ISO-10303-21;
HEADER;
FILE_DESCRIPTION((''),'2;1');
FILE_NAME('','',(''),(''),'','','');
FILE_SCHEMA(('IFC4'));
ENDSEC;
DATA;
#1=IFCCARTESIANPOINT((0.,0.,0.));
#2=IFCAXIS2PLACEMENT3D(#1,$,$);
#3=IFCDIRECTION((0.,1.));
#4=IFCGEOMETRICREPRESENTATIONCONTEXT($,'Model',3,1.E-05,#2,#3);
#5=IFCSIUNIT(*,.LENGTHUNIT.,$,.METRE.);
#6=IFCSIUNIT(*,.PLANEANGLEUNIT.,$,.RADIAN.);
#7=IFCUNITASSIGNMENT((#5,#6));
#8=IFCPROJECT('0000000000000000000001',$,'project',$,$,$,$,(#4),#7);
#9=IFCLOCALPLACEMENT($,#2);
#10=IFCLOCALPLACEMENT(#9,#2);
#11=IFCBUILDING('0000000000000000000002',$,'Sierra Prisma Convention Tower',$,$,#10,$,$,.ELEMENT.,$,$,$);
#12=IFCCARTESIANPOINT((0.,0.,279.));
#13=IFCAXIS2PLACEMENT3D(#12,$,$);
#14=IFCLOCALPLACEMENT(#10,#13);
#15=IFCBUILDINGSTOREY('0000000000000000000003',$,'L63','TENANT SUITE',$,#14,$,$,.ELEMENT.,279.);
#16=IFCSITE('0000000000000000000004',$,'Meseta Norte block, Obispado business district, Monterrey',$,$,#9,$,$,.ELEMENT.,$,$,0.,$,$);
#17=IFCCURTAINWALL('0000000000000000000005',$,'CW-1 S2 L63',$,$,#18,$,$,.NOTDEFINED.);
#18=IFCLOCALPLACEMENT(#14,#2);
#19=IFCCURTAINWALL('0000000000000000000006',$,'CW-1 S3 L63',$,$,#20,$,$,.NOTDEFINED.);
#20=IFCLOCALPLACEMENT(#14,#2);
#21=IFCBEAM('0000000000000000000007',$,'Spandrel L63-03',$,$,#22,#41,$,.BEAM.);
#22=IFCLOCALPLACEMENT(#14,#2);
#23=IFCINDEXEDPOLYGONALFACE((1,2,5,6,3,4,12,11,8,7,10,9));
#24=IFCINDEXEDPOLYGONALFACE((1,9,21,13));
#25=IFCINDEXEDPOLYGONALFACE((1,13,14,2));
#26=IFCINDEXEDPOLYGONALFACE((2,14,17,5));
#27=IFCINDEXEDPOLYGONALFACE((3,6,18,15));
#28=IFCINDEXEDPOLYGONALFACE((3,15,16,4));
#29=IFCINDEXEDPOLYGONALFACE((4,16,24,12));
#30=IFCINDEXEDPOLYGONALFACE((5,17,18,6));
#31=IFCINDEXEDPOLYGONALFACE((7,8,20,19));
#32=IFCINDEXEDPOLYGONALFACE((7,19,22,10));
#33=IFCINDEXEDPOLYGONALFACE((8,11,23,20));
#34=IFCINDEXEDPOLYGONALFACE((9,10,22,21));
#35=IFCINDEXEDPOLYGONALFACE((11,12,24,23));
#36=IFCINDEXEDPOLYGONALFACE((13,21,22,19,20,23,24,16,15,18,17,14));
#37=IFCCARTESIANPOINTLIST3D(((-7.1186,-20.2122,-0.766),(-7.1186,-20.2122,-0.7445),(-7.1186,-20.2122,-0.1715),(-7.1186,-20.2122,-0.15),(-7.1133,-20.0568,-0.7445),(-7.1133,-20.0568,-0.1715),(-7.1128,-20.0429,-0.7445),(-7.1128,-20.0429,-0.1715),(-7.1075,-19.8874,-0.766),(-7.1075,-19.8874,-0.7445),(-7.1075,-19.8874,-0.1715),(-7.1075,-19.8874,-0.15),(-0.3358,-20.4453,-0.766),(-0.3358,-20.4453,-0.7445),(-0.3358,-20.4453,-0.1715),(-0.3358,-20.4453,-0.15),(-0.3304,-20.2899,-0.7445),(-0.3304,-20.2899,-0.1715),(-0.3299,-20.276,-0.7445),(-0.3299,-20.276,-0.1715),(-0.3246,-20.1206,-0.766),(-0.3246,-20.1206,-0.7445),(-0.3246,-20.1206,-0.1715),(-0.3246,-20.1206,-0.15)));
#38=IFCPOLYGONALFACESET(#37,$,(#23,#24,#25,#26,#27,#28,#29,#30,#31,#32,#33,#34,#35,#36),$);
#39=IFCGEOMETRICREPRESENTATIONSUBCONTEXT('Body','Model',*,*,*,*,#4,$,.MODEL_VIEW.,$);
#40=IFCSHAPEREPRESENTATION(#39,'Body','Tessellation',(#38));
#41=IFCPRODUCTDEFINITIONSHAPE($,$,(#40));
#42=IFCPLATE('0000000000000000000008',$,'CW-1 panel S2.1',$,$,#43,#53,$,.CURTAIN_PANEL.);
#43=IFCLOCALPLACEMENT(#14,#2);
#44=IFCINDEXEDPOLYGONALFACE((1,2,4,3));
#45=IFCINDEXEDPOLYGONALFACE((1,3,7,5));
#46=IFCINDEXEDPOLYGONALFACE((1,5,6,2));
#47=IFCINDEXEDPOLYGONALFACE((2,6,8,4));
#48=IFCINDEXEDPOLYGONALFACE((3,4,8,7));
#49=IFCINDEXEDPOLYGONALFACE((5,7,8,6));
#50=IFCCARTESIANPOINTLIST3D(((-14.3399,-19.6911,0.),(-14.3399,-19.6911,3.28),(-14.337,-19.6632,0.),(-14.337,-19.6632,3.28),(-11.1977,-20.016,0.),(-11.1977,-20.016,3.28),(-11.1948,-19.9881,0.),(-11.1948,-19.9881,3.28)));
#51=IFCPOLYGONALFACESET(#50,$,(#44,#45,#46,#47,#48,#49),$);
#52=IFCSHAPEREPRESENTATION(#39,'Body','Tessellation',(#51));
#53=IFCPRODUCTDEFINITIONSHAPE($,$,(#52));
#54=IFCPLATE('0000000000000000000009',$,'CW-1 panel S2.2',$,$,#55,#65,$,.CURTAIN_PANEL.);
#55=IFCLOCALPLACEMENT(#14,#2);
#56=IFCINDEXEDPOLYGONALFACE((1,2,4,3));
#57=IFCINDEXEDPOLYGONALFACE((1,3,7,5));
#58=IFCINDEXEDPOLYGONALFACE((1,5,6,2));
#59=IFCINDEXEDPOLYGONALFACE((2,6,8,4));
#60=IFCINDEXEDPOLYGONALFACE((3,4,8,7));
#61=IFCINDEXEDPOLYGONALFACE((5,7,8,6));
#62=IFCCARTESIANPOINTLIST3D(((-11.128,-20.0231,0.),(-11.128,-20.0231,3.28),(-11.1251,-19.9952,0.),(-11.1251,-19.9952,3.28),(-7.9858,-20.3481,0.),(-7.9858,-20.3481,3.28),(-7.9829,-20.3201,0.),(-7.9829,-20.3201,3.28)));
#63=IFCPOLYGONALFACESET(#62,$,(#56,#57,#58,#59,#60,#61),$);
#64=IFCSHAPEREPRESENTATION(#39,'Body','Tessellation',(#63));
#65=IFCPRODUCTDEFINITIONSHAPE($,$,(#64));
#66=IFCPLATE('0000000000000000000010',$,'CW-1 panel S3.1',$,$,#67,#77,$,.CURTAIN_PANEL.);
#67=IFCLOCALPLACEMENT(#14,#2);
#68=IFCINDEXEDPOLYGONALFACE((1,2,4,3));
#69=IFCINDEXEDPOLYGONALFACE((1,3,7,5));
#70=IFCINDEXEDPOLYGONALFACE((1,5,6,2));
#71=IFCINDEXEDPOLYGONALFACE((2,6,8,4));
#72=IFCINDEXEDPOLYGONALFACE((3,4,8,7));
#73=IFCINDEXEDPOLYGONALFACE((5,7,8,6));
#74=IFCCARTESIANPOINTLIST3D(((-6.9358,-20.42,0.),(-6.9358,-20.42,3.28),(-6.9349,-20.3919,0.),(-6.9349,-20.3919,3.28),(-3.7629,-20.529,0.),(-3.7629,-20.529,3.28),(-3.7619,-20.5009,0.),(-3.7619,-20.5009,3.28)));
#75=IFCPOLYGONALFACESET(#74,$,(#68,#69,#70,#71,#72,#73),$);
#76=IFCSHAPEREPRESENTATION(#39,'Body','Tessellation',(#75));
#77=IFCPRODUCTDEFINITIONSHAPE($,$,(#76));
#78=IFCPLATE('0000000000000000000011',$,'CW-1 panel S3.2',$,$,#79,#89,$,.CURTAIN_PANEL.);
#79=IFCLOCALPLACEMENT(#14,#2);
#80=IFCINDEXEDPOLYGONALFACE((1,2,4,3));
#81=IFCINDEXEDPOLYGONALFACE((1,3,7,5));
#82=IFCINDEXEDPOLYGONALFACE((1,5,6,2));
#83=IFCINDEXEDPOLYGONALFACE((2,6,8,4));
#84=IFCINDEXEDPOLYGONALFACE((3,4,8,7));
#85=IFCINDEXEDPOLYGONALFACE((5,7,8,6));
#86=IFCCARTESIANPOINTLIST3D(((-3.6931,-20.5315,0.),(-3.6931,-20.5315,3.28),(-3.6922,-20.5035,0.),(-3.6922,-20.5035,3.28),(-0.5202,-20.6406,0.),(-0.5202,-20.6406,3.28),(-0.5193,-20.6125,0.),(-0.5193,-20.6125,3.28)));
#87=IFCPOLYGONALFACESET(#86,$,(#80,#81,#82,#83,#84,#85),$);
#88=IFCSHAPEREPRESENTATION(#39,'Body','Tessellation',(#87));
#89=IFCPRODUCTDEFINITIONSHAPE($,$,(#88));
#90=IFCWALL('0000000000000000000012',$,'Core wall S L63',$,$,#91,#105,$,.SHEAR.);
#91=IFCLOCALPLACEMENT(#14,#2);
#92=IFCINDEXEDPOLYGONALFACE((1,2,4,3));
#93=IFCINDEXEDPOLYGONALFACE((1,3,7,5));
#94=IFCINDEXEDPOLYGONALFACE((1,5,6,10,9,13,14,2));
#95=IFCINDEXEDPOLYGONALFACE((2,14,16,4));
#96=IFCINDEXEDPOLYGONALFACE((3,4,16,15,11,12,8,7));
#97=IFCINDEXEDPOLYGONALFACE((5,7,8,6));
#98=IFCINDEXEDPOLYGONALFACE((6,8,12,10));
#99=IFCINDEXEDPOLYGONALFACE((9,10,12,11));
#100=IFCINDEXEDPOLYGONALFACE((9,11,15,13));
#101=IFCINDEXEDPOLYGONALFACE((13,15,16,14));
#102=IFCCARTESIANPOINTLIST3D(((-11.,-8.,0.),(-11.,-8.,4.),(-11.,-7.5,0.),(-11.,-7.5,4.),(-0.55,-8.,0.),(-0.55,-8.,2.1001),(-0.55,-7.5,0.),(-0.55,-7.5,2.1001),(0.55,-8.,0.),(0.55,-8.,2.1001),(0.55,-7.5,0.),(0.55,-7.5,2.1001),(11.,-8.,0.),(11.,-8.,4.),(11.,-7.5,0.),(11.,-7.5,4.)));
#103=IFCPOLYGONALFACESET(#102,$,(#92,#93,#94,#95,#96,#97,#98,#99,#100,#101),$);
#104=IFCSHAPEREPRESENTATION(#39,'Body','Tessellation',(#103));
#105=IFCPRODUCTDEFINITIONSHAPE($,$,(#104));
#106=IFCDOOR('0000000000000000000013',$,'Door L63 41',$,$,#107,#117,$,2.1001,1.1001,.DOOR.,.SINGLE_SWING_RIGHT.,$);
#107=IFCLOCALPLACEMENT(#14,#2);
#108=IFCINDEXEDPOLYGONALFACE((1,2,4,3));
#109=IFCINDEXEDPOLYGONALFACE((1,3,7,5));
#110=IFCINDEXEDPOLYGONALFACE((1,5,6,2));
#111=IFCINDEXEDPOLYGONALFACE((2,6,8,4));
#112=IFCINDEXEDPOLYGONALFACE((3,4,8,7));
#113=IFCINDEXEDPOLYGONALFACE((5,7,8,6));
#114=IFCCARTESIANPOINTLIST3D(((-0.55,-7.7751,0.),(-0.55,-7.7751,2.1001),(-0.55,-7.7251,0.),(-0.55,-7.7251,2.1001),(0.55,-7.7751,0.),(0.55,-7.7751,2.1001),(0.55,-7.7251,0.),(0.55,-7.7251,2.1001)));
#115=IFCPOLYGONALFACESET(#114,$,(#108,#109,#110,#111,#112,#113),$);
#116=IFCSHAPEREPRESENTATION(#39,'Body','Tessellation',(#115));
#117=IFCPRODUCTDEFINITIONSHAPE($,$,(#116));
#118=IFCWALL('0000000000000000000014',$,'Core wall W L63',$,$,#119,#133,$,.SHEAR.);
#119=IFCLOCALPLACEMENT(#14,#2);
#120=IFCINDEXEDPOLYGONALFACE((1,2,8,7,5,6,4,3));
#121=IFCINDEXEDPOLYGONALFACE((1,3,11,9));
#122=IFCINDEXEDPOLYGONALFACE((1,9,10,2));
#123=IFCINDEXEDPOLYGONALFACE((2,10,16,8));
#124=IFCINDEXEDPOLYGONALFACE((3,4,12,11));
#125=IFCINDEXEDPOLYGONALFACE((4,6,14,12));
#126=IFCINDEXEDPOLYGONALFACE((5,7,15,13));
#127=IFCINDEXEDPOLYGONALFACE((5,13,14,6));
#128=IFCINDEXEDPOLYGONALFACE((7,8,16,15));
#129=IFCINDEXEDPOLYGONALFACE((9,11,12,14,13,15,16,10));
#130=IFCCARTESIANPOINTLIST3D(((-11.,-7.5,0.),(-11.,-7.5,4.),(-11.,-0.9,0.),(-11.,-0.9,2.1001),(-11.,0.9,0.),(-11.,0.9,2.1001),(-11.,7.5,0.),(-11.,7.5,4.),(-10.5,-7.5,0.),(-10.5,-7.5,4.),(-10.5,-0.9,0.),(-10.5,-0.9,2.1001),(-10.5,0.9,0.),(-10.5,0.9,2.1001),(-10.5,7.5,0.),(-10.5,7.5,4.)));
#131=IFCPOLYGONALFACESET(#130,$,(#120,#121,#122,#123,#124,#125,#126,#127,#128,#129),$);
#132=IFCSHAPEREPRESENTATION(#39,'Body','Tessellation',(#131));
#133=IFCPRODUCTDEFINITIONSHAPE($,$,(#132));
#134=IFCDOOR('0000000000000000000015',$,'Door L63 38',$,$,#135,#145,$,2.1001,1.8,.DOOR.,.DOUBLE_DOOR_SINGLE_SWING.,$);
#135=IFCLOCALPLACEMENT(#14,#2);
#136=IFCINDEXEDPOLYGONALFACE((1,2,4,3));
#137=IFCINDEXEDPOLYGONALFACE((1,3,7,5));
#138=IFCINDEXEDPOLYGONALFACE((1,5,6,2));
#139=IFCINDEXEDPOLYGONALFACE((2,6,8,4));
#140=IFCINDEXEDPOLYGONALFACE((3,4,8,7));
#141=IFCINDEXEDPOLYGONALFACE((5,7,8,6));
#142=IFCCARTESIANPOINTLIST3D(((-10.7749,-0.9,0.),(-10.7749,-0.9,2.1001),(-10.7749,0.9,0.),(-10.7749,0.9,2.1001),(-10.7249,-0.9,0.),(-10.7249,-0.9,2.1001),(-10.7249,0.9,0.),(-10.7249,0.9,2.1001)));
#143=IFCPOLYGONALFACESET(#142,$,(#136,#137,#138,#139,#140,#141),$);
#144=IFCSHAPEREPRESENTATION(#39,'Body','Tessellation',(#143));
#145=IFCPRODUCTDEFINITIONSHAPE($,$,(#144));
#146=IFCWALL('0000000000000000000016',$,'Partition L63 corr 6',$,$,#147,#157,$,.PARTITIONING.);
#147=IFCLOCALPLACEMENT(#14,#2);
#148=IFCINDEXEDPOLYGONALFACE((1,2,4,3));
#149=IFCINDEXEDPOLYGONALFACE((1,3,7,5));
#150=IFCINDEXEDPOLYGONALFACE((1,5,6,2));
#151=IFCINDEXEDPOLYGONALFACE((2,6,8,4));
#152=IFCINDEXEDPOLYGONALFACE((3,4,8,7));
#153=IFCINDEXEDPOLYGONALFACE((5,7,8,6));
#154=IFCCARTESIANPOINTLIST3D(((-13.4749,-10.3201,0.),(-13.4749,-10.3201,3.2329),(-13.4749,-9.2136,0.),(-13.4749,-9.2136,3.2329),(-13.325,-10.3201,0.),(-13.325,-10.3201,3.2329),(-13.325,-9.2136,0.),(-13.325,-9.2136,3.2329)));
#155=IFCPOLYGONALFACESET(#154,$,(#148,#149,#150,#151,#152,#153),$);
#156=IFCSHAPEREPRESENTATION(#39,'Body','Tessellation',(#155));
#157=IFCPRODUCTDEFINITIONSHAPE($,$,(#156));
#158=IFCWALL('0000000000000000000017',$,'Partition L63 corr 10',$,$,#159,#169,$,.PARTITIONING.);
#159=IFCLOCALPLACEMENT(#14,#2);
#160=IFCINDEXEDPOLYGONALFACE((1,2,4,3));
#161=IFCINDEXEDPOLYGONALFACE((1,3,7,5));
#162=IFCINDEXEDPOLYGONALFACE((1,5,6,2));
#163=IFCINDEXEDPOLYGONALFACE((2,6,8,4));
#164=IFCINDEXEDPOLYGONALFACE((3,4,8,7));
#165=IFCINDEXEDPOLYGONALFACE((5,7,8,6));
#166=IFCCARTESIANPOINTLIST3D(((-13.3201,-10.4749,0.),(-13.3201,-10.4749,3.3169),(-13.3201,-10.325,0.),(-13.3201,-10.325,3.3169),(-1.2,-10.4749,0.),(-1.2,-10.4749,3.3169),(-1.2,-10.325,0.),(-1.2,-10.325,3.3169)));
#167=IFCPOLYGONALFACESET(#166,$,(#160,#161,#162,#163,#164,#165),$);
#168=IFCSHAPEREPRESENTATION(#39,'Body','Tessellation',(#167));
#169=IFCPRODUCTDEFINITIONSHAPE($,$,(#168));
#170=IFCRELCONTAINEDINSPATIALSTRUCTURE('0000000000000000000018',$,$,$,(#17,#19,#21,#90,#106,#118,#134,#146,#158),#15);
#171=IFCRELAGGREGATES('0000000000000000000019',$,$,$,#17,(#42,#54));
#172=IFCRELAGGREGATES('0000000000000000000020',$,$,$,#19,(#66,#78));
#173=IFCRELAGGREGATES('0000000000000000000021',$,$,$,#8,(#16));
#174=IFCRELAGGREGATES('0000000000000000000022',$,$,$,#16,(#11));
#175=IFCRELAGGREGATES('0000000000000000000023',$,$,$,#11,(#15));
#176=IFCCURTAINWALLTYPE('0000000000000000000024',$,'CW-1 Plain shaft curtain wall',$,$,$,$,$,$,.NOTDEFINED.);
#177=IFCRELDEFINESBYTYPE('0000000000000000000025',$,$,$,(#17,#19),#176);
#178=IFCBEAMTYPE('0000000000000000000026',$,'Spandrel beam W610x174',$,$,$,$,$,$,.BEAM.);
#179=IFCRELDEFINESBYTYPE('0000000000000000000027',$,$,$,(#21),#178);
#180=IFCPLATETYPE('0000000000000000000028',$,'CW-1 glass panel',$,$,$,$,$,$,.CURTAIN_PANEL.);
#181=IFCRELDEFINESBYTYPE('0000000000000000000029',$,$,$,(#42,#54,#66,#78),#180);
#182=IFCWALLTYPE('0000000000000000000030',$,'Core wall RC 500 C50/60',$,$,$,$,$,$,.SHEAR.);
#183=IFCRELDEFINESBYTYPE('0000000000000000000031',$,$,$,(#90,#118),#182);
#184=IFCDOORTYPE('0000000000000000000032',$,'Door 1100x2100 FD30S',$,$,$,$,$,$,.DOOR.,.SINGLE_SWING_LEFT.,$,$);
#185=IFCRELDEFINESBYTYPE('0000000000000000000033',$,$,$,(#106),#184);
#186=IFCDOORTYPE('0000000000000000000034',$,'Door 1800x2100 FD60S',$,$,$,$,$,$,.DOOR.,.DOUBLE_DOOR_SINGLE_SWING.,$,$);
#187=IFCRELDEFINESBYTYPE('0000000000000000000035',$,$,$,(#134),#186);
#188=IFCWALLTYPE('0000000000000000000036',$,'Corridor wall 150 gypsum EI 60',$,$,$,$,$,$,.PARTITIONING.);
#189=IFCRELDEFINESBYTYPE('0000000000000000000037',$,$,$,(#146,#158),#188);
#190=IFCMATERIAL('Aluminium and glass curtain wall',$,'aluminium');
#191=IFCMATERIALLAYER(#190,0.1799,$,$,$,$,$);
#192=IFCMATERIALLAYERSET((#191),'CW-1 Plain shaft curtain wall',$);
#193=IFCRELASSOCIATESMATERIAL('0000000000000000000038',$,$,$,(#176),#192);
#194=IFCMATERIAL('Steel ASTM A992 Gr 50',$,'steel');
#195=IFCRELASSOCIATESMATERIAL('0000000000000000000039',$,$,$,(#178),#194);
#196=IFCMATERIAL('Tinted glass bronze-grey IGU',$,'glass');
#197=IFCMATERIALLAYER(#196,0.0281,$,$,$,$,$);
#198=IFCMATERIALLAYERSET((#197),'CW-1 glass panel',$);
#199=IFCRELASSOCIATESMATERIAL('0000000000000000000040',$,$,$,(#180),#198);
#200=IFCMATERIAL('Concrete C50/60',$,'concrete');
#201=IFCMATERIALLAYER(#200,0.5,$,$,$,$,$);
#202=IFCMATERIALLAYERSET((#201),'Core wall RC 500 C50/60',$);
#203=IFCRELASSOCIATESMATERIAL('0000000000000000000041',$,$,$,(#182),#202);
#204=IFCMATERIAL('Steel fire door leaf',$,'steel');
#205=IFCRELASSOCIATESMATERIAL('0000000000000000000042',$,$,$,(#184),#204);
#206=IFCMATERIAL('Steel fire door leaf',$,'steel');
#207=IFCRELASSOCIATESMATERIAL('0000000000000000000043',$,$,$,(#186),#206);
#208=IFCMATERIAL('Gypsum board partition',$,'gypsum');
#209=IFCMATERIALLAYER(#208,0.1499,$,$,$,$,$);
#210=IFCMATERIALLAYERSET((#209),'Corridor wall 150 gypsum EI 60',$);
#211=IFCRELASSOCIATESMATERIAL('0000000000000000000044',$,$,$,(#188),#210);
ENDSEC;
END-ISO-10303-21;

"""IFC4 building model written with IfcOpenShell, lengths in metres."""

from ifc_helpers import new_model, si_unit, direction, frame, frame_2d, origin, origin_2d, place, context, subcontext, project, spatial, rectangle, i_section, extrude, material, layer, layer_set, material_profile, profile_set, type_object, element, fill, aggregate, save


model = new_model("IFC4")

# Units and contexts
model_context = context("Model", 3, precision=1e-05, world=origin(), true_north=direction((0.0, 1.0)))
body_context = subcontext(model_context, "Body", "Model", "MODEL_VIEW")
ifc_project = project(units=[si_unit("LENGTHUNIT", "METRE"), si_unit("PLANEANGLEUNIT", "RADIAN")], contexts=[model_context])

# Site, building, storey
site_placement = place(None, origin())
site = spatial("IfcSite", under=ifc_project, at=site_placement, Name="Meseta Norte block, Obispado business district, Monterrey", CompositionType="ELEMENT", RefElevation=0.0)
building_placement = place(site_placement, origin())
building = spatial("IfcBuilding", under=site, at=building_placement, Name="Sierra Prisma Convention Tower", CompositionType="ELEMENT")
storey_placement = place(building_placement, frame((0.0, 0.0, 279.0)))
storey = spatial("IfcBuildingStorey", under=building, at=storey_placement, Name="L63", Description="TENANT SUITE", CompositionType="ELEMENT", Elevation=279.0)

# Curtain wall
ifc_material_1 = material(Name="Aluminium and glass curtain wall", Category="aluminium")
ifc_layer_1 = layer(ifc_material_1, 0.1799)
ifc_layer_set_1 = layer_set([ifc_layer_1], Name="CW-1 Plain shaft curtain wall")
curtain_wall_type = type_object("IfcCurtainWallType", Name="CW-1 Plain shaft curtain wall", PredefinedType="NOTDEFINED", material=ifc_layer_set_1)
curtain_wall_1_placement = place(storey_placement, origin())
curtain_wall_1 = element("IfcCurtainWall", 1, at=curtain_wall_1_placement, inside=storey, type_object=curtain_wall_type, Name="CW-1 S2 L63", PredefinedType="NOTDEFINED")

# Curtain wall
curtain_wall_2_placement = place(storey_placement, origin())
curtain_wall_2 = element("IfcCurtainWall", 2, at=curtain_wall_2_placement, inside=storey, type_object=curtain_wall_type, Name="CW-1 S3 L63", PredefinedType="NOTDEFINED")

# Beam
ifc_material_2 = material(Name="Steel ASTM A992 Gr 50", Category="steel")
ifc_material_profile_1 = material_profile(ifc_material_2, i_section(OverallWidth=0.325, OverallDepth=0.616, WebThickness=0.0139, FlangeThickness=0.0215, at=origin_2d()), Name="W610x174")
ifc_profile_set_1 = profile_set([ifc_material_profile_1], Name="Steel ASTM A992 Gr 50")
beam_type_1 = type_object("IfcBeamType", Name="Spandrel beam W610x174", PredefinedType="BEAM", material=ifc_profile_set_1)
beam_1_placement = place(storey_placement, frame((-7.113, -20.0498, -0.458), z_axis=(0.99941, -0.034353, 0.0), x_axis=(0.034353, 0.99941, 0.0)))
element("IfcBeam", 3, at=beam_1_placement, inside=storey, type_object=beam_type_1, Name="Spandrel L63-03", PredefinedType="BEAM", context=body_context, shape_type="SweptSolid", body=[
    extrude(i_section(OverallWidth=0.325, OverallDepth=0.616, WebThickness=0.0139, FlangeThickness=0.0215, at=origin_2d()), origin(), (0.0, 0.0, 1.0), 6.7869),
])

# Plates
ifc_material_3 = material(Name="Tinted glass bronze-grey IGU", Category="glass")
ifc_layer_2 = layer(ifc_material_3, 0.0281)
ifc_layer_set_2 = layer_set([ifc_layer_2], Name="CW-1 glass panel")
plate_type = type_object("IfcPlateType", Name="CW-1 glass panel", PredefinedType="CURTAIN_PANEL", material=ifc_layer_set_2)
plate_1_placement = place(storey_placement, frame((-12.7673, -19.8396, 0.0), z_axis=(0.0, 0.0, 1.0), x_axis=(0.994695, -0.102865, 0.0)))
plate_1 = element("IfcPlate", 4, at=plate_1_placement, type_object=plate_type, Name="CW-1 panel S2.1", PredefinedType="CURTAIN_PANEL", context=body_context, shape_type="SweptSolid", body=[
    extrude(rectangle(XDim=3.1589, YDim=0.0281, at=origin_2d()), origin(), (0.0, 0.0, 1.0), 3.28),
])
plate_2_placement = place(storey_placement, frame((-9.5554, -20.1716, 0.0), z_axis=(0.0, 0.0, 1.0), x_axis=(0.994695, -0.102865, 0.0)))
plate_2 = element("IfcPlate", 5, at=plate_2_placement, type_object=plate_type, Name="CW-1 panel S2.2", PredefinedType="CURTAIN_PANEL", context=body_context, shape_type="SweptSolid", body=[
    extrude(rectangle(XDim=3.1589, YDim=0.0281, at=origin_2d()), origin(), (0.0, 0.0, 1.0), 3.28),
])
aggregate(curtain_wall_1, [plate_1, plate_2])
plate_3_placement = place(storey_placement, frame((-5.3489, -20.4604, 0.0), z_axis=(0.0, 0.0, 1.0), x_axis=(0.99941, -0.034342, 0.0)))
plate_3 = element("IfcPlate", 6, at=plate_3_placement, type_object=plate_type, Name="CW-1 panel S3.1", PredefinedType="CURTAIN_PANEL", context=body_context, shape_type="SweptSolid", body=[
    extrude(rectangle(XDim=3.1748, YDim=0.0281, at=origin_2d()), origin(), (0.0, 0.0, 1.0), 3.28),
])
plate_4_placement = place(storey_placement, frame((-2.1062, -20.572, 0.0), z_axis=(0.0, 0.0, 1.0), x_axis=(0.99941, -0.034342, 0.0)))
plate_4 = element("IfcPlate", 7, at=plate_4_placement, type_object=plate_type, Name="CW-1 panel S3.2", PredefinedType="CURTAIN_PANEL", context=body_context, shape_type="SweptSolid", body=[
    extrude(rectangle(XDim=3.1748, YDim=0.0281, at=origin_2d()), origin(), (0.0, 0.0, 1.0), 3.28),
])
aggregate(curtain_wall_2, [plate_3, plate_4])

# Walls, openings, doors
ifc_material_4 = material(Name="Concrete C50/60", Category="concrete")
ifc_layer_3 = layer(ifc_material_4, 0.5)
ifc_layer_set_3 = layer_set([ifc_layer_3], Name="Core wall RC 500 C50/60")
wall_type_1 = type_object("IfcWallType", Name="Core wall RC 500 C50/60", PredefinedType="SHEAR", material=ifc_layer_set_3)
wall_1_placement = place(storey_placement, frame((-11.0, -7.75, 0.0), z_axis=(0.0, 0.0, 1.0), x_axis=(1.0, 0.0, 0.0)))
wall_1 = element("IfcWall", 8, at=wall_1_placement, inside=storey, type_object=wall_type_1, Name="Core wall S L63", PredefinedType="SHEAR", context=body_context, shape_type="SweptSolid", body=[
    extrude(rectangle(XDim=22.0, YDim=0.5, at=frame_2d((11.0, 0.0))), origin(), (0.0, 0.0, 1.0), 4.0),
])
opening_1_placement = place(wall_1_placement, frame((10.45, 0.0, 0.0)))
opening_1 = element("IfcOpeningElement", 9, at=opening_1_placement, cuts=wall_1, PredefinedType="OPENING", context=body_context, shape_type="SweptSolid", body=[
    extrude(rectangle(XDim=1.1001, YDim=2.1001, at=frame_2d((0.55, 1.05))), frame((0.0, 0.25, 0.0), z_axis=(0.0, -1.0, 0.0), x_axis=(1.0, 0.0, 0.0)), (0.0, 0.0, 1.0), 0.5),
])
ifc_material_5 = material(Name="Steel fire door leaf", Category="steel")
door_type_1 = type_object("IfcDoorType", Name="Door 1100x2100 FD30S", OperationType="SINGLE_SWING_LEFT", PredefinedType="DOOR", material=ifc_material_5)
door_1_placement = place(opening_1_placement, origin())
door_1 = element("IfcDoor", 10, at=door_1_placement, inside=storey, type_object=door_type_1, Name="Door L63 41", OperationType="SINGLE_SWING_RIGHT", OverallHeight=2.1001, OverallWidth=1.1001, PredefinedType="DOOR", context=body_context, shape_type="SweptSolid", body=[
    extrude(rectangle(XDim=1.1001, YDim=2.1001, at=frame_2d((0.55, 1.05))), frame((0.0, 0.0249, 0.0), z_axis=(0.0, -1.0, 0.0), x_axis=(1.0, 0.0, 0.0)), (0.0, 0.0, 1.0), 0.05),
])
fill(opening_1, door_1)
wall_2_placement = place(storey_placement, frame((-10.75, -7.5, 0.0), z_axis=(0.0, 0.0, 1.0), x_axis=(0.0, 1.0, 0.0)))
wall_2 = element("IfcWall", 11, at=wall_2_placement, inside=storey, type_object=wall_type_1, Name="Core wall W L63", PredefinedType="SHEAR", context=body_context, shape_type="SweptSolid", body=[
    extrude(rectangle(XDim=15.0, YDim=0.5, at=frame_2d((7.5, 0.0))), origin(), (0.0, 0.0, 1.0), 4.0),
])
opening_2_placement = place(wall_2_placement, frame((6.6001, 0.0, 0.0)))
opening_2 = element("IfcOpeningElement", 12, at=opening_2_placement, cuts=wall_2, PredefinedType="OPENING", context=body_context, shape_type="SweptSolid", body=[
    extrude(rectangle(XDim=1.8, YDim=2.1001, at=frame_2d((0.8999, 1.05))), frame((0.0, 0.25, 0.0), z_axis=(0.0, -1.0, 0.0), x_axis=(1.0, 0.0, 0.0)), (0.0, 0.0, 1.0), 0.5),
])
ifc_material_6 = material(Name="Steel fire door leaf", Category="steel")
door_type_2 = type_object("IfcDoorType", Name="Door 1800x2100 FD60S", OperationType="DOUBLE_DOOR_SINGLE_SWING", PredefinedType="DOOR", material=ifc_material_6)
door_2_placement = place(opening_2_placement, origin())
door_2 = element("IfcDoor", 13, at=door_2_placement, inside=storey, type_object=door_type_2, Name="Door L63 38", OperationType="DOUBLE_DOOR_SINGLE_SWING", OverallHeight=2.1001, OverallWidth=1.8, PredefinedType="DOOR", context=body_context, shape_type="SweptSolid", body=[
    extrude(rectangle(XDim=1.8, YDim=2.1001, at=frame_2d((0.8999, 1.05))), frame((0.0, 0.0249, 0.0), z_axis=(0.0, -1.0, 0.0), x_axis=(1.0, 0.0, 0.0)), (0.0, 0.0, 1.0), 0.05),
])
fill(opening_2, door_2)

# Walls
ifc_material_7 = material(Name="Gypsum board partition", Category="gypsum")
ifc_layer_4 = layer(ifc_material_7, 0.1499)
ifc_layer_set_4 = layer_set([ifc_layer_4], Name="Corridor wall 150 gypsum EI 60")
wall_type_2 = type_object("IfcWallType", Name="Corridor wall 150 gypsum EI 60", PredefinedType="PARTITIONING", material=ifc_layer_set_4)
wall_3_placement = place(storey_placement, frame((-13.3999, -9.2136, 0.0), z_axis=(0.0, 0.0, 1.0), x_axis=(0.0, -1.0, 0.0)))
element("IfcWall", 14, at=wall_3_placement, inside=storey, type_object=wall_type_2, Name="Partition L63 corr 6", PredefinedType="PARTITIONING", context=body_context, shape_type="SweptSolid", body=[
    extrude(rectangle(XDim=1.1064, YDim=0.1499, at=frame_2d((0.5532, 0.0))), origin(), (0.0, 0.0, 1.0), 3.2329),
])
wall_4_placement = place(storey_placement, frame((-13.3201, -10.3999, 0.0), z_axis=(0.0, 0.0, 1.0), x_axis=(1.0, 0.0, 0.0)))
element("IfcWall", 15, at=wall_4_placement, inside=storey, type_object=wall_type_2, Name="Partition L63 corr 10", PredefinedType="PARTITIONING", context=body_context, shape_type="SweptSolid", body=[
    extrude(rectangle(XDim=12.1201, YDim=0.1499, at=frame_2d((6.0601, 0.0))), origin(), (0.0, 0.0, 1.0), 3.3169),
])

save(model, "model.ifc")
